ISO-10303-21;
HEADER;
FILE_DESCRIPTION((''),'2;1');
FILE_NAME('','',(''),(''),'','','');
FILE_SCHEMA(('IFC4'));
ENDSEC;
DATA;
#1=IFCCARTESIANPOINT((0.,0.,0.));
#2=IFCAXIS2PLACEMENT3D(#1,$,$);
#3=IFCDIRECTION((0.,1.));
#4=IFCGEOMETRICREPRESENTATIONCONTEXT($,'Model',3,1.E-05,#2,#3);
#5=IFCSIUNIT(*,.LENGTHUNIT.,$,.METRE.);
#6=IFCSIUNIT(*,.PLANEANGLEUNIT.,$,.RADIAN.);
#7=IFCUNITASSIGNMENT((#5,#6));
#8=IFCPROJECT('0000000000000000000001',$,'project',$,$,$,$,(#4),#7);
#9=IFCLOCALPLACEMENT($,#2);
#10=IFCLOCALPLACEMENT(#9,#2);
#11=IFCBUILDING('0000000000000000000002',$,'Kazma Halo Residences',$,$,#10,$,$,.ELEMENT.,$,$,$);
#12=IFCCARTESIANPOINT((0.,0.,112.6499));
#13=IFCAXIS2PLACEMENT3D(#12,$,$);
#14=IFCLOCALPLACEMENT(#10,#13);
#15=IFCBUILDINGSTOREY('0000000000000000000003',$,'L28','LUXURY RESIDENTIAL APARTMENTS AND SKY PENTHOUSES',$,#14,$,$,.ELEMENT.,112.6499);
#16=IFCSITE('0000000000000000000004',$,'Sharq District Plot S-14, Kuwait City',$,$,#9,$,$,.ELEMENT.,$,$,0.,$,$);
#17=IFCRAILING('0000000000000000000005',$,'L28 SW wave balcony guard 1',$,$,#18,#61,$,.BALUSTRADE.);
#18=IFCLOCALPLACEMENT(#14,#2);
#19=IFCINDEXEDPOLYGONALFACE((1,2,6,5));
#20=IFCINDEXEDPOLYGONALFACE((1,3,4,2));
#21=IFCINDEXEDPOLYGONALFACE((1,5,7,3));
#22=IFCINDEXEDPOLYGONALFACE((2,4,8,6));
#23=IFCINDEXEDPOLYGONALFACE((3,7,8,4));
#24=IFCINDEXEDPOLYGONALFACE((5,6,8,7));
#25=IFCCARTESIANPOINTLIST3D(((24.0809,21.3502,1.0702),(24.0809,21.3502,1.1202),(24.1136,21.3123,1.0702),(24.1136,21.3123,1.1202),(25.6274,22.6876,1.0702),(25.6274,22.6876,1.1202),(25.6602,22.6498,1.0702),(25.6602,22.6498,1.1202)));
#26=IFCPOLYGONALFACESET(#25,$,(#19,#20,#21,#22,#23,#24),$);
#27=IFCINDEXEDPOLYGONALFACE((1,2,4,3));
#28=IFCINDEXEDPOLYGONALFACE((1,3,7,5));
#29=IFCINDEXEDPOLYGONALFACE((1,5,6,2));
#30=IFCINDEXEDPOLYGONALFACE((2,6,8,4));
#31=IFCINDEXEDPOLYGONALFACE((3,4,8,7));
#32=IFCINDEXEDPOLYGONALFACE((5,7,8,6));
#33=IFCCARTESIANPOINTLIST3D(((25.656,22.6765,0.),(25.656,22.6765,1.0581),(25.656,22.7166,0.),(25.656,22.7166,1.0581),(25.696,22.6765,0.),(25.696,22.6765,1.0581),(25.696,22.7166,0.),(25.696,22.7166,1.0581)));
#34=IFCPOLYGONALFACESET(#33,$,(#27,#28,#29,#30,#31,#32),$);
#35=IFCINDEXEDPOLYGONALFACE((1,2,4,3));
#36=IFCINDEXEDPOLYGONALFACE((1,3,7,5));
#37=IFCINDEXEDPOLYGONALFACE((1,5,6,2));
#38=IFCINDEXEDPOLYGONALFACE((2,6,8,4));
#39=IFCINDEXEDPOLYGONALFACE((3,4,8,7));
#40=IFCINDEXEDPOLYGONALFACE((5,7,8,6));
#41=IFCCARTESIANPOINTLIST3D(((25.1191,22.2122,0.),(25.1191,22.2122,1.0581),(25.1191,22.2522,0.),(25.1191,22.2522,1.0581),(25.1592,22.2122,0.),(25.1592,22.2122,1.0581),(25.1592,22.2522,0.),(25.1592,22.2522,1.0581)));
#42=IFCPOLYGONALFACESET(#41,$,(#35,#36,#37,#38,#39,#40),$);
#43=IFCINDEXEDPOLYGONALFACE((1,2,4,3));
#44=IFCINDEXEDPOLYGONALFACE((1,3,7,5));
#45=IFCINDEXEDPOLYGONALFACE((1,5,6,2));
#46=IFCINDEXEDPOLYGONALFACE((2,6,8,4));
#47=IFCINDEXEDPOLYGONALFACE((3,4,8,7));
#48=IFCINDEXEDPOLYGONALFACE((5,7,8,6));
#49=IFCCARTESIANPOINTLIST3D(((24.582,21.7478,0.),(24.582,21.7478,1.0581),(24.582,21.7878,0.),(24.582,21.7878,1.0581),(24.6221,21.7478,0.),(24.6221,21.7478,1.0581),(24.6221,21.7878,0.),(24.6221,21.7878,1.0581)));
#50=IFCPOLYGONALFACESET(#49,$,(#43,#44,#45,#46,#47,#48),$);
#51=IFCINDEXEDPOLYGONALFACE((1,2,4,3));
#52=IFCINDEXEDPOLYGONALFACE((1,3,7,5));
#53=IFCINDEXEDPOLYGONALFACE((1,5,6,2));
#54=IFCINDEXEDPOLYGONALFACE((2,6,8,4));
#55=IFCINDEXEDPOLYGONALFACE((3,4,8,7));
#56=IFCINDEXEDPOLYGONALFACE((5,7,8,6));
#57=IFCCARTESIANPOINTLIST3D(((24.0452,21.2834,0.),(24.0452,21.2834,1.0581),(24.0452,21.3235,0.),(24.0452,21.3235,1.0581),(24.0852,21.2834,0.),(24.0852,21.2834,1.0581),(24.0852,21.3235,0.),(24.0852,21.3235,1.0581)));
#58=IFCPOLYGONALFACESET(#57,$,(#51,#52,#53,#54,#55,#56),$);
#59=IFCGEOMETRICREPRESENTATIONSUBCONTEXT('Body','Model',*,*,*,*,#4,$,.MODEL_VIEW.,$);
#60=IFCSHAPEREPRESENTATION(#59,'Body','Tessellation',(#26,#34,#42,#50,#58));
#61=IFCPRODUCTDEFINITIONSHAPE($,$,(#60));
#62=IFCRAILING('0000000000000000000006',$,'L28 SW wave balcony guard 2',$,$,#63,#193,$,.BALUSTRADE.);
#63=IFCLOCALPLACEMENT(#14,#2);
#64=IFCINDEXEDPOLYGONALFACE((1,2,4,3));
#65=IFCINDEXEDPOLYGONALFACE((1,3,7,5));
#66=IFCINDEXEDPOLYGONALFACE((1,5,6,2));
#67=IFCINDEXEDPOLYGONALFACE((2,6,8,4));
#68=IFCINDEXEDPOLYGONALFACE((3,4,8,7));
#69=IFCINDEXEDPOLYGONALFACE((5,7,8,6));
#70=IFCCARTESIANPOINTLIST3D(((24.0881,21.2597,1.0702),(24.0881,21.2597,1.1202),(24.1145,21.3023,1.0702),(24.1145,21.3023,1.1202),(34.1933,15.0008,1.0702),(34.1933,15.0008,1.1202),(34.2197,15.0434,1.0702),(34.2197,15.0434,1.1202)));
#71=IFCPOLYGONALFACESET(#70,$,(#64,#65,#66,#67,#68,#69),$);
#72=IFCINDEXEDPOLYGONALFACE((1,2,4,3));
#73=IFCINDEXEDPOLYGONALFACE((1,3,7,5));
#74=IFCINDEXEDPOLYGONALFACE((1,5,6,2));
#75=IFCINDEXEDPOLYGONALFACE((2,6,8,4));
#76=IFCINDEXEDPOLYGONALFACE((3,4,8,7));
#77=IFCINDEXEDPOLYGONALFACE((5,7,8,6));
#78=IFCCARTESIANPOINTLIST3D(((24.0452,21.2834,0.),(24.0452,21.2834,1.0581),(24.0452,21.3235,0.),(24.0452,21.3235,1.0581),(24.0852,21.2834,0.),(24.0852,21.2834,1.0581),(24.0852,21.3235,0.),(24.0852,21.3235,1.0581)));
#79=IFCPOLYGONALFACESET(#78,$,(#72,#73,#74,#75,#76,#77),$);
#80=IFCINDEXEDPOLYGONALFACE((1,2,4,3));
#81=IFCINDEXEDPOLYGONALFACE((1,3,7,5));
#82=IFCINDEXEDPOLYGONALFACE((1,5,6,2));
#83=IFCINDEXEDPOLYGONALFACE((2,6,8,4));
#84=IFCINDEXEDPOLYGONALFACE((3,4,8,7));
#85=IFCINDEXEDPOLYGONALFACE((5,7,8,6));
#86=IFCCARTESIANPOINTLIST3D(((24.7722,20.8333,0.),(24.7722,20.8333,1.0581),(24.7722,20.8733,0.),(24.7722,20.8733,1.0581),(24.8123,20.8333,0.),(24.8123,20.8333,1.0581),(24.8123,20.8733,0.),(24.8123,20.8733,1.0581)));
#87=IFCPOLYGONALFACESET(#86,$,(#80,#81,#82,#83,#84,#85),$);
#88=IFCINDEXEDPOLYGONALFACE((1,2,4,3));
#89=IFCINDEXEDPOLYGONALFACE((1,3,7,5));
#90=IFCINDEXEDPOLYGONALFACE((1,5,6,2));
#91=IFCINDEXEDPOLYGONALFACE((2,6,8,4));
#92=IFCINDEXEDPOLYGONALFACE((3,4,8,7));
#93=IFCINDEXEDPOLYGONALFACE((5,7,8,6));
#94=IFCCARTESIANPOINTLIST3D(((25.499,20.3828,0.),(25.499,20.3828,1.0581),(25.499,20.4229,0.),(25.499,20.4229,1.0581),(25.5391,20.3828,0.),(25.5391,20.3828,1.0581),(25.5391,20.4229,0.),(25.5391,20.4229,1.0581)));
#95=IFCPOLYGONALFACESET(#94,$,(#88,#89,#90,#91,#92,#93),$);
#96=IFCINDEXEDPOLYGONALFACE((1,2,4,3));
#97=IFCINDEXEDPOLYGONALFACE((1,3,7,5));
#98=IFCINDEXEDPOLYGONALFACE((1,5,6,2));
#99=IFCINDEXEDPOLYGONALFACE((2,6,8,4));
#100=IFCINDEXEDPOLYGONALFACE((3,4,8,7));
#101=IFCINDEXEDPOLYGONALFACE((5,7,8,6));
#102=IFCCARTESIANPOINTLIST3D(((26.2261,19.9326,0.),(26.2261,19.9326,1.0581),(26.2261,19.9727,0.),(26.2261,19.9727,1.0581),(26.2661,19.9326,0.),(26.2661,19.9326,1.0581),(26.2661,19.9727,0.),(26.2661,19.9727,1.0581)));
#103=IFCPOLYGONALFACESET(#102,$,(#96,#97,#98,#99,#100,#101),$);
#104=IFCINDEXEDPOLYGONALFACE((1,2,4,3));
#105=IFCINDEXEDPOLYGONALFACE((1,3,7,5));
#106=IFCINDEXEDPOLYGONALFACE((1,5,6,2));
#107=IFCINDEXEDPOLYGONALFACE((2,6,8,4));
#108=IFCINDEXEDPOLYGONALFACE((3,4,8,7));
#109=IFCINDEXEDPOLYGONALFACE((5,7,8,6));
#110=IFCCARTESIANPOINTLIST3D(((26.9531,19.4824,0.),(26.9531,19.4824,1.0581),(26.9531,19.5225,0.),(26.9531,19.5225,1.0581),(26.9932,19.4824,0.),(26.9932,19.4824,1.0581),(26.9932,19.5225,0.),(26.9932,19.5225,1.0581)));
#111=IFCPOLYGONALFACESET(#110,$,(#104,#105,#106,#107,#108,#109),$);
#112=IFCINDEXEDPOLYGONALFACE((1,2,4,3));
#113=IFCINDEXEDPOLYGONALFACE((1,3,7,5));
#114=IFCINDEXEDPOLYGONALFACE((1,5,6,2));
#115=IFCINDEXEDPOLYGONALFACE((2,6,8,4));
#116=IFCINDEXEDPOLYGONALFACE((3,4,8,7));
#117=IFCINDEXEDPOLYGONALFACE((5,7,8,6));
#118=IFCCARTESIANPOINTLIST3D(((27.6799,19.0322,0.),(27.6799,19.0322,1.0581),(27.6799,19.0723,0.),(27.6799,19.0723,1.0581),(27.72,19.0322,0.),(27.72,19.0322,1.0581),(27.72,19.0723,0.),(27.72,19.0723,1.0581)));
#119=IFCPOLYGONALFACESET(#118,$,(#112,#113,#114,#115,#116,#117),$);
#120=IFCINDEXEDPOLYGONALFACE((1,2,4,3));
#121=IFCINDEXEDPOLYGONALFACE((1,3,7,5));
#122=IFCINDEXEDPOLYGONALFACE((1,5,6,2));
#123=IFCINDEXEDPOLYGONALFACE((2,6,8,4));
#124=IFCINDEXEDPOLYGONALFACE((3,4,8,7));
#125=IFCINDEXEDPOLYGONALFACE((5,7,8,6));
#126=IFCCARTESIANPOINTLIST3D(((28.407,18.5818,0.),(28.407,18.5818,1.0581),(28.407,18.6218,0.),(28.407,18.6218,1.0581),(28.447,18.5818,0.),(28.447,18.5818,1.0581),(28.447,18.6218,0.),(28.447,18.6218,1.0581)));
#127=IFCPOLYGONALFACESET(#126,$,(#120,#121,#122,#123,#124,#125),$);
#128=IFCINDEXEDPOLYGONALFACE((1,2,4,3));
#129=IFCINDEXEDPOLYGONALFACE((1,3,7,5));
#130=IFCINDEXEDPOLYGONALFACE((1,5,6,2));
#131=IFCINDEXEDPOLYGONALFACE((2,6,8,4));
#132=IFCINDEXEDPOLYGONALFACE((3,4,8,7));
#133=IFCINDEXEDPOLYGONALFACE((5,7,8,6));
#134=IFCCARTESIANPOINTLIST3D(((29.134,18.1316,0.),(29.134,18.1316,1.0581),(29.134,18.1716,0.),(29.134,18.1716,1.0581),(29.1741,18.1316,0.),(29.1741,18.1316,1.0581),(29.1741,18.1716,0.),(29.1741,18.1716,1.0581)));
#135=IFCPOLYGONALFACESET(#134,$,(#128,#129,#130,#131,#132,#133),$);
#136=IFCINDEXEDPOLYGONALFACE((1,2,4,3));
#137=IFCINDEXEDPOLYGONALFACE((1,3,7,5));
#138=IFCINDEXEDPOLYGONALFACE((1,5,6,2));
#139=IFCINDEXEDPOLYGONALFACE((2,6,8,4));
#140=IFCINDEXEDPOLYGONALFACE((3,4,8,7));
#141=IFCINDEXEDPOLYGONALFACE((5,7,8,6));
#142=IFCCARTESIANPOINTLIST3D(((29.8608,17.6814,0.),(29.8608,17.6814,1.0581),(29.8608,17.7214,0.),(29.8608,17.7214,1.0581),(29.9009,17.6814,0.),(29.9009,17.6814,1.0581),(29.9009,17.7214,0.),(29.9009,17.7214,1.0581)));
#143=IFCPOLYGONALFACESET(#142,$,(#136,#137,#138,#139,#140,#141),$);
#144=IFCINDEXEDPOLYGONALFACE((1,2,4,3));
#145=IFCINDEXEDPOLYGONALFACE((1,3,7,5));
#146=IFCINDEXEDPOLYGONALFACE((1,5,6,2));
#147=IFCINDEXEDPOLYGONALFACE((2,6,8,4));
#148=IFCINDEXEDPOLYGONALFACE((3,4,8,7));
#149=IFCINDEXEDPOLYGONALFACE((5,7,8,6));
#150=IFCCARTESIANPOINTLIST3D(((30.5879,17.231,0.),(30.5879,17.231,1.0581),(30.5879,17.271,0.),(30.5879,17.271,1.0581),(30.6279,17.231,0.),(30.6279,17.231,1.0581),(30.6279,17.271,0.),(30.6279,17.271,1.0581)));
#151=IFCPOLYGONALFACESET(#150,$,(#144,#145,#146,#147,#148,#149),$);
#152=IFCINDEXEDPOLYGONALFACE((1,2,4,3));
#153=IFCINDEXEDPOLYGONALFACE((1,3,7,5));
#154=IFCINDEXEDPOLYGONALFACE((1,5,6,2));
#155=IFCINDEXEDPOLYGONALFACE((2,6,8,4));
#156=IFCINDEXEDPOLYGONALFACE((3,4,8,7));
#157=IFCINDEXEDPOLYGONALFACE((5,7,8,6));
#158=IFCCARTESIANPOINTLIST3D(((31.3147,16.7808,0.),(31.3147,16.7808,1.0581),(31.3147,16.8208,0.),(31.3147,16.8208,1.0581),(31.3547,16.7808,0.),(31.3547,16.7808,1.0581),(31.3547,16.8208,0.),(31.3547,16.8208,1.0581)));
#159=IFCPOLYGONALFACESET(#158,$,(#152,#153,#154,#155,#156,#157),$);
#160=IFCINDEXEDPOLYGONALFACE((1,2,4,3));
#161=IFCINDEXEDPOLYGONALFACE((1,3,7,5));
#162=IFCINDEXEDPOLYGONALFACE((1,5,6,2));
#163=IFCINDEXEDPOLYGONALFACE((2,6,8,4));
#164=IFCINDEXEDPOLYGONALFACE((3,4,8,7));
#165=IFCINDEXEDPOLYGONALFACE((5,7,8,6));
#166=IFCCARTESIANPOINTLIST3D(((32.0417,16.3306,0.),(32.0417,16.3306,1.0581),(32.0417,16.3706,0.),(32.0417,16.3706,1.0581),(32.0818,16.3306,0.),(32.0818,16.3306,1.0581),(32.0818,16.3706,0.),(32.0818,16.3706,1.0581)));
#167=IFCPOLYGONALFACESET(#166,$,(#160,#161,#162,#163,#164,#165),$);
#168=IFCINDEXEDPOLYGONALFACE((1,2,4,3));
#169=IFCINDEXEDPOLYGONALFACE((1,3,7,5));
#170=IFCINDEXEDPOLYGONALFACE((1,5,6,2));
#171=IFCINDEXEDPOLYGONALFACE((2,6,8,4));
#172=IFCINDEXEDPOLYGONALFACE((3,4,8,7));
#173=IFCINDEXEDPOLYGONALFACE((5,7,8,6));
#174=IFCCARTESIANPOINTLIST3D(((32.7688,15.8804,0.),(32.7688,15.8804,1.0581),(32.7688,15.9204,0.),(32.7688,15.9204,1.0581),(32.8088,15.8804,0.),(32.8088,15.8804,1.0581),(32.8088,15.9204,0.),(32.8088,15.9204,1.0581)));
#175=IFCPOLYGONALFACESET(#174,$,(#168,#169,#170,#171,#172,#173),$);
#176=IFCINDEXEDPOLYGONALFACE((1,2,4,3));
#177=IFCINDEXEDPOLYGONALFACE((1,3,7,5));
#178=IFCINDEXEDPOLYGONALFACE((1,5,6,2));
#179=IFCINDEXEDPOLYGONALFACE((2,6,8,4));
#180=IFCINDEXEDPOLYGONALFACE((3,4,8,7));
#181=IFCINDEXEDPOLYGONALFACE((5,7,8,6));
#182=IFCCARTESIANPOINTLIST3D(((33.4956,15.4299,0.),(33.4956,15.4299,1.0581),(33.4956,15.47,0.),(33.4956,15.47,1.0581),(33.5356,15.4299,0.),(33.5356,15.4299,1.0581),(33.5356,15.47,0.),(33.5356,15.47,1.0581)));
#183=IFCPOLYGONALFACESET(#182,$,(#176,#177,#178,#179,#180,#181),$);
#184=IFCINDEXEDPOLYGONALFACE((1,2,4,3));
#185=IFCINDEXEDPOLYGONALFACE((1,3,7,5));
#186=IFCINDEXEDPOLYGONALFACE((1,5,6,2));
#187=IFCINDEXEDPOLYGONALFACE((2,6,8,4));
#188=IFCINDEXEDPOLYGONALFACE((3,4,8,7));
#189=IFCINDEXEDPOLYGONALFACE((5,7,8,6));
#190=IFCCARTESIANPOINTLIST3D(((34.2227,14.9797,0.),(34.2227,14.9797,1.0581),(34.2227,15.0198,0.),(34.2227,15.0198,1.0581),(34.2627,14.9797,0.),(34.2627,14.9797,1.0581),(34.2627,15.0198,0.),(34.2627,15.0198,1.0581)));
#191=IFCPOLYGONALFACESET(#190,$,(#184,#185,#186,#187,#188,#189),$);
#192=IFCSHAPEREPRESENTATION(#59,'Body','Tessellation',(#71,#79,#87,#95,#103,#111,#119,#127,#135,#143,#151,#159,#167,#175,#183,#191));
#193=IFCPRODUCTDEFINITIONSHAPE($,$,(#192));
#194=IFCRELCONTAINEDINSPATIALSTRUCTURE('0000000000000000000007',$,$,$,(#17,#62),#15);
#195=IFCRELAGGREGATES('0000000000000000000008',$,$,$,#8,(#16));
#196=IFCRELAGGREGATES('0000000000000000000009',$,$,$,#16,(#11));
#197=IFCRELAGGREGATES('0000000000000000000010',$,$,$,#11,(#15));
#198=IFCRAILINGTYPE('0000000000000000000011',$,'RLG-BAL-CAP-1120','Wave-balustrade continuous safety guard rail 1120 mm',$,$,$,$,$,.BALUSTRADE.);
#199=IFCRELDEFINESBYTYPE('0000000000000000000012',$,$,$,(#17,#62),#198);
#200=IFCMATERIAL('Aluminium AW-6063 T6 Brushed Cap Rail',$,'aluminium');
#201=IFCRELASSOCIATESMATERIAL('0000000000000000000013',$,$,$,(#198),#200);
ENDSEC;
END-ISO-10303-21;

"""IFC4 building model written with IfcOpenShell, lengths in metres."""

from ifc_helpers import new_model, si_unit, direction, frame, origin, origin_2d, place, context, subcontext, project, spatial, rectangle, extrude, material, type_object, element, save


model = new_model("IFC4")

# Units and contexts
model_context = context("Model", 3, precision=1e-05, world=origin(), true_north=direction((0.0, 1.0)))
body_context = subcontext(model_context, "Body", "Model", "MODEL_VIEW")
ifc_project = project(units=[si_unit("LENGTHUNIT", "METRE"), si_unit("PLANEANGLEUNIT", "RADIAN")], contexts=[model_context])

# Site, building, storey
site_placement = place(None, origin())
site = spatial("IfcSite", under=ifc_project, at=site_placement, Name="Sharq District Plot S-14, Kuwait City", CompositionType="ELEMENT", RefElevation=0.0)
building_placement = place(site_placement, origin())
building = spatial("IfcBuilding", under=site, at=building_placement, Name="Kazma Halo Residences", CompositionType="ELEMENT")
storey_placement = place(building_placement, frame((0.0, 0.0, 112.6499)))
storey = spatial("IfcBuildingStorey", under=building, at=storey_placement, Name="L28", Description="LUXURY RESIDENTIAL APARTMENTS AND SKY PENTHOUSES", CompositionType="ELEMENT", Elevation=112.6499)

# Railings
ifc_material_1 = material(Name="Aluminium AW-6063 T6 Brushed Cap Rail", Category="aluminium")
railing_type = type_object("IfcRailingType", Name="RLG-BAL-CAP-1120", Description="Wave-balustrade continuous safety guard rail 1120 mm", PredefinedType="BALUSTRADE", material=ifc_material_1)
railing_1_placement = place(storey_placement, frame((25.676, 22.6965, 0.0)))
element("IfcRailing", 1, at=railing_1_placement, inside=storey, type_object=railing_type, Name="L28 SW wave balcony guard 1", PredefinedType="BALUSTRADE", context=body_context, shape_type="SweptSolid", body=[
    extrude(rectangle(XDim=0.05, YDim=0.05, at=origin_2d()), frame((-0.0322, -0.0278, 1.0952), z_axis=(-0.756385, -0.654127, 0.0), x_axis=(0.654127, -0.756385, 0.0)), (0.0, 0.0, 1.0), 2.0447),
    extrude(rectangle(XDim=0.04, YDim=0.04, at=origin_2d()), origin(), (0.0, 0.0, 1.0), 1.0581),
    extrude(rectangle(XDim=0.04, YDim=0.04, at=origin_2d()), frame((-0.5369, -0.4644, 0.0)), (0.0, 0.0, 1.0), 1.0581),
    extrude(rectangle(XDim=0.04, YDim=0.04, at=origin_2d()), frame((-1.074, -0.9287, 0.0)), (0.0, 0.0, 1.0), 1.0581),
    extrude(rectangle(XDim=0.04, YDim=0.04, at=origin_2d()), frame((-1.6108, -1.3931, 0.0)), (0.0, 0.0, 1.0), 1.0581),
])
railing_2_placement = place(storey_placement, frame((24.0652, 21.3035, 0.0)))
element("IfcRailing", 2, at=railing_2_placement, inside=storey, type_object=railing_type, Name="L28 SW wave balcony guard 2", PredefinedType="BALUSTRADE", context=body_context, shape_type="SweptSolid", body=[
    extrude(rectangle(XDim=0.05, YDim=0.05, at=origin_2d()), frame((0.0361, -0.0225, 1.0952), z_axis=(0.85014, -0.526557, 0.0), x_axis=(0.526557, 0.85014, 0.0)), (0.0, 0.0, 1.0), 11.8865),
    extrude(rectangle(XDim=0.04, YDim=0.04, at=origin_2d()), origin(), (0.0, 0.0, 1.0), 1.0581),
    extrude(rectangle(XDim=0.04, YDim=0.04, at=origin_2d()), frame((0.7271, -0.4502, 0.0)), (0.0, 0.0, 1.0), 1.0581),
    extrude(rectangle(XDim=0.04, YDim=0.04, at=origin_2d()), frame((1.4539, -0.9006, 0.0)), (0.0, 0.0, 1.0), 1.0581),
    extrude(rectangle(XDim=0.04, YDim=0.04, at=origin_2d()), frame((2.1809, -1.3508, 0.0)), (0.0, 0.0, 1.0), 1.0581),
    extrude(rectangle(XDim=0.04, YDim=0.04, at=origin_2d()), frame((2.908, -1.801, 0.0)), (0.0, 0.0, 1.0), 1.0581),
    extrude(rectangle(XDim=0.04, YDim=0.04, at=origin_2d()), frame((3.6348, -2.2512, 0.0)), (0.0, 0.0, 1.0), 1.0581),
    extrude(rectangle(XDim=0.04, YDim=0.04, at=origin_2d()), frame((4.3618, -2.7017, 0.0)), (0.0, 0.0, 1.0), 1.0581),
    extrude(rectangle(XDim=0.04, YDim=0.04, at=origin_2d()), frame((5.0889, -3.1519, 0.0)), (0.0, 0.0, 1.0), 1.0581),
    extrude(rectangle(XDim=0.04, YDim=0.04, at=origin_2d()), frame((5.8157, -3.6021, 0.0)), (0.0, 0.0, 1.0), 1.0581),
    extrude(rectangle(XDim=0.04, YDim=0.04, at=origin_2d()), frame((6.5427, -4.0525, 0.0)), (0.0, 0.0, 1.0), 1.0581),
    extrude(rectangle(XDim=0.04, YDim=0.04, at=origin_2d()), frame((7.2695, -4.5027, 0.0)), (0.0, 0.0, 1.0), 1.0581),
    extrude(rectangle(XDim=0.04, YDim=0.04, at=origin_2d()), frame((7.9966, -4.9529, 0.0)), (0.0, 0.0, 1.0), 1.0581),
    extrude(rectangle(XDim=0.04, YDim=0.04, at=origin_2d()), frame((8.7236, -5.4031, 0.0)), (0.0, 0.0, 1.0), 1.0581),
    extrude(rectangle(XDim=0.04, YDim=0.04, at=origin_2d()), frame((9.4504, -5.8535, 0.0)), (0.0, 0.0, 1.0), 1.0581),
    extrude(rectangle(XDim=0.04, YDim=0.04, at=origin_2d()), frame((10.1775, -6.3037, 0.0)), (0.0, 0.0, 1.0), 1.0581),
])

save(model, "model.ifc")
